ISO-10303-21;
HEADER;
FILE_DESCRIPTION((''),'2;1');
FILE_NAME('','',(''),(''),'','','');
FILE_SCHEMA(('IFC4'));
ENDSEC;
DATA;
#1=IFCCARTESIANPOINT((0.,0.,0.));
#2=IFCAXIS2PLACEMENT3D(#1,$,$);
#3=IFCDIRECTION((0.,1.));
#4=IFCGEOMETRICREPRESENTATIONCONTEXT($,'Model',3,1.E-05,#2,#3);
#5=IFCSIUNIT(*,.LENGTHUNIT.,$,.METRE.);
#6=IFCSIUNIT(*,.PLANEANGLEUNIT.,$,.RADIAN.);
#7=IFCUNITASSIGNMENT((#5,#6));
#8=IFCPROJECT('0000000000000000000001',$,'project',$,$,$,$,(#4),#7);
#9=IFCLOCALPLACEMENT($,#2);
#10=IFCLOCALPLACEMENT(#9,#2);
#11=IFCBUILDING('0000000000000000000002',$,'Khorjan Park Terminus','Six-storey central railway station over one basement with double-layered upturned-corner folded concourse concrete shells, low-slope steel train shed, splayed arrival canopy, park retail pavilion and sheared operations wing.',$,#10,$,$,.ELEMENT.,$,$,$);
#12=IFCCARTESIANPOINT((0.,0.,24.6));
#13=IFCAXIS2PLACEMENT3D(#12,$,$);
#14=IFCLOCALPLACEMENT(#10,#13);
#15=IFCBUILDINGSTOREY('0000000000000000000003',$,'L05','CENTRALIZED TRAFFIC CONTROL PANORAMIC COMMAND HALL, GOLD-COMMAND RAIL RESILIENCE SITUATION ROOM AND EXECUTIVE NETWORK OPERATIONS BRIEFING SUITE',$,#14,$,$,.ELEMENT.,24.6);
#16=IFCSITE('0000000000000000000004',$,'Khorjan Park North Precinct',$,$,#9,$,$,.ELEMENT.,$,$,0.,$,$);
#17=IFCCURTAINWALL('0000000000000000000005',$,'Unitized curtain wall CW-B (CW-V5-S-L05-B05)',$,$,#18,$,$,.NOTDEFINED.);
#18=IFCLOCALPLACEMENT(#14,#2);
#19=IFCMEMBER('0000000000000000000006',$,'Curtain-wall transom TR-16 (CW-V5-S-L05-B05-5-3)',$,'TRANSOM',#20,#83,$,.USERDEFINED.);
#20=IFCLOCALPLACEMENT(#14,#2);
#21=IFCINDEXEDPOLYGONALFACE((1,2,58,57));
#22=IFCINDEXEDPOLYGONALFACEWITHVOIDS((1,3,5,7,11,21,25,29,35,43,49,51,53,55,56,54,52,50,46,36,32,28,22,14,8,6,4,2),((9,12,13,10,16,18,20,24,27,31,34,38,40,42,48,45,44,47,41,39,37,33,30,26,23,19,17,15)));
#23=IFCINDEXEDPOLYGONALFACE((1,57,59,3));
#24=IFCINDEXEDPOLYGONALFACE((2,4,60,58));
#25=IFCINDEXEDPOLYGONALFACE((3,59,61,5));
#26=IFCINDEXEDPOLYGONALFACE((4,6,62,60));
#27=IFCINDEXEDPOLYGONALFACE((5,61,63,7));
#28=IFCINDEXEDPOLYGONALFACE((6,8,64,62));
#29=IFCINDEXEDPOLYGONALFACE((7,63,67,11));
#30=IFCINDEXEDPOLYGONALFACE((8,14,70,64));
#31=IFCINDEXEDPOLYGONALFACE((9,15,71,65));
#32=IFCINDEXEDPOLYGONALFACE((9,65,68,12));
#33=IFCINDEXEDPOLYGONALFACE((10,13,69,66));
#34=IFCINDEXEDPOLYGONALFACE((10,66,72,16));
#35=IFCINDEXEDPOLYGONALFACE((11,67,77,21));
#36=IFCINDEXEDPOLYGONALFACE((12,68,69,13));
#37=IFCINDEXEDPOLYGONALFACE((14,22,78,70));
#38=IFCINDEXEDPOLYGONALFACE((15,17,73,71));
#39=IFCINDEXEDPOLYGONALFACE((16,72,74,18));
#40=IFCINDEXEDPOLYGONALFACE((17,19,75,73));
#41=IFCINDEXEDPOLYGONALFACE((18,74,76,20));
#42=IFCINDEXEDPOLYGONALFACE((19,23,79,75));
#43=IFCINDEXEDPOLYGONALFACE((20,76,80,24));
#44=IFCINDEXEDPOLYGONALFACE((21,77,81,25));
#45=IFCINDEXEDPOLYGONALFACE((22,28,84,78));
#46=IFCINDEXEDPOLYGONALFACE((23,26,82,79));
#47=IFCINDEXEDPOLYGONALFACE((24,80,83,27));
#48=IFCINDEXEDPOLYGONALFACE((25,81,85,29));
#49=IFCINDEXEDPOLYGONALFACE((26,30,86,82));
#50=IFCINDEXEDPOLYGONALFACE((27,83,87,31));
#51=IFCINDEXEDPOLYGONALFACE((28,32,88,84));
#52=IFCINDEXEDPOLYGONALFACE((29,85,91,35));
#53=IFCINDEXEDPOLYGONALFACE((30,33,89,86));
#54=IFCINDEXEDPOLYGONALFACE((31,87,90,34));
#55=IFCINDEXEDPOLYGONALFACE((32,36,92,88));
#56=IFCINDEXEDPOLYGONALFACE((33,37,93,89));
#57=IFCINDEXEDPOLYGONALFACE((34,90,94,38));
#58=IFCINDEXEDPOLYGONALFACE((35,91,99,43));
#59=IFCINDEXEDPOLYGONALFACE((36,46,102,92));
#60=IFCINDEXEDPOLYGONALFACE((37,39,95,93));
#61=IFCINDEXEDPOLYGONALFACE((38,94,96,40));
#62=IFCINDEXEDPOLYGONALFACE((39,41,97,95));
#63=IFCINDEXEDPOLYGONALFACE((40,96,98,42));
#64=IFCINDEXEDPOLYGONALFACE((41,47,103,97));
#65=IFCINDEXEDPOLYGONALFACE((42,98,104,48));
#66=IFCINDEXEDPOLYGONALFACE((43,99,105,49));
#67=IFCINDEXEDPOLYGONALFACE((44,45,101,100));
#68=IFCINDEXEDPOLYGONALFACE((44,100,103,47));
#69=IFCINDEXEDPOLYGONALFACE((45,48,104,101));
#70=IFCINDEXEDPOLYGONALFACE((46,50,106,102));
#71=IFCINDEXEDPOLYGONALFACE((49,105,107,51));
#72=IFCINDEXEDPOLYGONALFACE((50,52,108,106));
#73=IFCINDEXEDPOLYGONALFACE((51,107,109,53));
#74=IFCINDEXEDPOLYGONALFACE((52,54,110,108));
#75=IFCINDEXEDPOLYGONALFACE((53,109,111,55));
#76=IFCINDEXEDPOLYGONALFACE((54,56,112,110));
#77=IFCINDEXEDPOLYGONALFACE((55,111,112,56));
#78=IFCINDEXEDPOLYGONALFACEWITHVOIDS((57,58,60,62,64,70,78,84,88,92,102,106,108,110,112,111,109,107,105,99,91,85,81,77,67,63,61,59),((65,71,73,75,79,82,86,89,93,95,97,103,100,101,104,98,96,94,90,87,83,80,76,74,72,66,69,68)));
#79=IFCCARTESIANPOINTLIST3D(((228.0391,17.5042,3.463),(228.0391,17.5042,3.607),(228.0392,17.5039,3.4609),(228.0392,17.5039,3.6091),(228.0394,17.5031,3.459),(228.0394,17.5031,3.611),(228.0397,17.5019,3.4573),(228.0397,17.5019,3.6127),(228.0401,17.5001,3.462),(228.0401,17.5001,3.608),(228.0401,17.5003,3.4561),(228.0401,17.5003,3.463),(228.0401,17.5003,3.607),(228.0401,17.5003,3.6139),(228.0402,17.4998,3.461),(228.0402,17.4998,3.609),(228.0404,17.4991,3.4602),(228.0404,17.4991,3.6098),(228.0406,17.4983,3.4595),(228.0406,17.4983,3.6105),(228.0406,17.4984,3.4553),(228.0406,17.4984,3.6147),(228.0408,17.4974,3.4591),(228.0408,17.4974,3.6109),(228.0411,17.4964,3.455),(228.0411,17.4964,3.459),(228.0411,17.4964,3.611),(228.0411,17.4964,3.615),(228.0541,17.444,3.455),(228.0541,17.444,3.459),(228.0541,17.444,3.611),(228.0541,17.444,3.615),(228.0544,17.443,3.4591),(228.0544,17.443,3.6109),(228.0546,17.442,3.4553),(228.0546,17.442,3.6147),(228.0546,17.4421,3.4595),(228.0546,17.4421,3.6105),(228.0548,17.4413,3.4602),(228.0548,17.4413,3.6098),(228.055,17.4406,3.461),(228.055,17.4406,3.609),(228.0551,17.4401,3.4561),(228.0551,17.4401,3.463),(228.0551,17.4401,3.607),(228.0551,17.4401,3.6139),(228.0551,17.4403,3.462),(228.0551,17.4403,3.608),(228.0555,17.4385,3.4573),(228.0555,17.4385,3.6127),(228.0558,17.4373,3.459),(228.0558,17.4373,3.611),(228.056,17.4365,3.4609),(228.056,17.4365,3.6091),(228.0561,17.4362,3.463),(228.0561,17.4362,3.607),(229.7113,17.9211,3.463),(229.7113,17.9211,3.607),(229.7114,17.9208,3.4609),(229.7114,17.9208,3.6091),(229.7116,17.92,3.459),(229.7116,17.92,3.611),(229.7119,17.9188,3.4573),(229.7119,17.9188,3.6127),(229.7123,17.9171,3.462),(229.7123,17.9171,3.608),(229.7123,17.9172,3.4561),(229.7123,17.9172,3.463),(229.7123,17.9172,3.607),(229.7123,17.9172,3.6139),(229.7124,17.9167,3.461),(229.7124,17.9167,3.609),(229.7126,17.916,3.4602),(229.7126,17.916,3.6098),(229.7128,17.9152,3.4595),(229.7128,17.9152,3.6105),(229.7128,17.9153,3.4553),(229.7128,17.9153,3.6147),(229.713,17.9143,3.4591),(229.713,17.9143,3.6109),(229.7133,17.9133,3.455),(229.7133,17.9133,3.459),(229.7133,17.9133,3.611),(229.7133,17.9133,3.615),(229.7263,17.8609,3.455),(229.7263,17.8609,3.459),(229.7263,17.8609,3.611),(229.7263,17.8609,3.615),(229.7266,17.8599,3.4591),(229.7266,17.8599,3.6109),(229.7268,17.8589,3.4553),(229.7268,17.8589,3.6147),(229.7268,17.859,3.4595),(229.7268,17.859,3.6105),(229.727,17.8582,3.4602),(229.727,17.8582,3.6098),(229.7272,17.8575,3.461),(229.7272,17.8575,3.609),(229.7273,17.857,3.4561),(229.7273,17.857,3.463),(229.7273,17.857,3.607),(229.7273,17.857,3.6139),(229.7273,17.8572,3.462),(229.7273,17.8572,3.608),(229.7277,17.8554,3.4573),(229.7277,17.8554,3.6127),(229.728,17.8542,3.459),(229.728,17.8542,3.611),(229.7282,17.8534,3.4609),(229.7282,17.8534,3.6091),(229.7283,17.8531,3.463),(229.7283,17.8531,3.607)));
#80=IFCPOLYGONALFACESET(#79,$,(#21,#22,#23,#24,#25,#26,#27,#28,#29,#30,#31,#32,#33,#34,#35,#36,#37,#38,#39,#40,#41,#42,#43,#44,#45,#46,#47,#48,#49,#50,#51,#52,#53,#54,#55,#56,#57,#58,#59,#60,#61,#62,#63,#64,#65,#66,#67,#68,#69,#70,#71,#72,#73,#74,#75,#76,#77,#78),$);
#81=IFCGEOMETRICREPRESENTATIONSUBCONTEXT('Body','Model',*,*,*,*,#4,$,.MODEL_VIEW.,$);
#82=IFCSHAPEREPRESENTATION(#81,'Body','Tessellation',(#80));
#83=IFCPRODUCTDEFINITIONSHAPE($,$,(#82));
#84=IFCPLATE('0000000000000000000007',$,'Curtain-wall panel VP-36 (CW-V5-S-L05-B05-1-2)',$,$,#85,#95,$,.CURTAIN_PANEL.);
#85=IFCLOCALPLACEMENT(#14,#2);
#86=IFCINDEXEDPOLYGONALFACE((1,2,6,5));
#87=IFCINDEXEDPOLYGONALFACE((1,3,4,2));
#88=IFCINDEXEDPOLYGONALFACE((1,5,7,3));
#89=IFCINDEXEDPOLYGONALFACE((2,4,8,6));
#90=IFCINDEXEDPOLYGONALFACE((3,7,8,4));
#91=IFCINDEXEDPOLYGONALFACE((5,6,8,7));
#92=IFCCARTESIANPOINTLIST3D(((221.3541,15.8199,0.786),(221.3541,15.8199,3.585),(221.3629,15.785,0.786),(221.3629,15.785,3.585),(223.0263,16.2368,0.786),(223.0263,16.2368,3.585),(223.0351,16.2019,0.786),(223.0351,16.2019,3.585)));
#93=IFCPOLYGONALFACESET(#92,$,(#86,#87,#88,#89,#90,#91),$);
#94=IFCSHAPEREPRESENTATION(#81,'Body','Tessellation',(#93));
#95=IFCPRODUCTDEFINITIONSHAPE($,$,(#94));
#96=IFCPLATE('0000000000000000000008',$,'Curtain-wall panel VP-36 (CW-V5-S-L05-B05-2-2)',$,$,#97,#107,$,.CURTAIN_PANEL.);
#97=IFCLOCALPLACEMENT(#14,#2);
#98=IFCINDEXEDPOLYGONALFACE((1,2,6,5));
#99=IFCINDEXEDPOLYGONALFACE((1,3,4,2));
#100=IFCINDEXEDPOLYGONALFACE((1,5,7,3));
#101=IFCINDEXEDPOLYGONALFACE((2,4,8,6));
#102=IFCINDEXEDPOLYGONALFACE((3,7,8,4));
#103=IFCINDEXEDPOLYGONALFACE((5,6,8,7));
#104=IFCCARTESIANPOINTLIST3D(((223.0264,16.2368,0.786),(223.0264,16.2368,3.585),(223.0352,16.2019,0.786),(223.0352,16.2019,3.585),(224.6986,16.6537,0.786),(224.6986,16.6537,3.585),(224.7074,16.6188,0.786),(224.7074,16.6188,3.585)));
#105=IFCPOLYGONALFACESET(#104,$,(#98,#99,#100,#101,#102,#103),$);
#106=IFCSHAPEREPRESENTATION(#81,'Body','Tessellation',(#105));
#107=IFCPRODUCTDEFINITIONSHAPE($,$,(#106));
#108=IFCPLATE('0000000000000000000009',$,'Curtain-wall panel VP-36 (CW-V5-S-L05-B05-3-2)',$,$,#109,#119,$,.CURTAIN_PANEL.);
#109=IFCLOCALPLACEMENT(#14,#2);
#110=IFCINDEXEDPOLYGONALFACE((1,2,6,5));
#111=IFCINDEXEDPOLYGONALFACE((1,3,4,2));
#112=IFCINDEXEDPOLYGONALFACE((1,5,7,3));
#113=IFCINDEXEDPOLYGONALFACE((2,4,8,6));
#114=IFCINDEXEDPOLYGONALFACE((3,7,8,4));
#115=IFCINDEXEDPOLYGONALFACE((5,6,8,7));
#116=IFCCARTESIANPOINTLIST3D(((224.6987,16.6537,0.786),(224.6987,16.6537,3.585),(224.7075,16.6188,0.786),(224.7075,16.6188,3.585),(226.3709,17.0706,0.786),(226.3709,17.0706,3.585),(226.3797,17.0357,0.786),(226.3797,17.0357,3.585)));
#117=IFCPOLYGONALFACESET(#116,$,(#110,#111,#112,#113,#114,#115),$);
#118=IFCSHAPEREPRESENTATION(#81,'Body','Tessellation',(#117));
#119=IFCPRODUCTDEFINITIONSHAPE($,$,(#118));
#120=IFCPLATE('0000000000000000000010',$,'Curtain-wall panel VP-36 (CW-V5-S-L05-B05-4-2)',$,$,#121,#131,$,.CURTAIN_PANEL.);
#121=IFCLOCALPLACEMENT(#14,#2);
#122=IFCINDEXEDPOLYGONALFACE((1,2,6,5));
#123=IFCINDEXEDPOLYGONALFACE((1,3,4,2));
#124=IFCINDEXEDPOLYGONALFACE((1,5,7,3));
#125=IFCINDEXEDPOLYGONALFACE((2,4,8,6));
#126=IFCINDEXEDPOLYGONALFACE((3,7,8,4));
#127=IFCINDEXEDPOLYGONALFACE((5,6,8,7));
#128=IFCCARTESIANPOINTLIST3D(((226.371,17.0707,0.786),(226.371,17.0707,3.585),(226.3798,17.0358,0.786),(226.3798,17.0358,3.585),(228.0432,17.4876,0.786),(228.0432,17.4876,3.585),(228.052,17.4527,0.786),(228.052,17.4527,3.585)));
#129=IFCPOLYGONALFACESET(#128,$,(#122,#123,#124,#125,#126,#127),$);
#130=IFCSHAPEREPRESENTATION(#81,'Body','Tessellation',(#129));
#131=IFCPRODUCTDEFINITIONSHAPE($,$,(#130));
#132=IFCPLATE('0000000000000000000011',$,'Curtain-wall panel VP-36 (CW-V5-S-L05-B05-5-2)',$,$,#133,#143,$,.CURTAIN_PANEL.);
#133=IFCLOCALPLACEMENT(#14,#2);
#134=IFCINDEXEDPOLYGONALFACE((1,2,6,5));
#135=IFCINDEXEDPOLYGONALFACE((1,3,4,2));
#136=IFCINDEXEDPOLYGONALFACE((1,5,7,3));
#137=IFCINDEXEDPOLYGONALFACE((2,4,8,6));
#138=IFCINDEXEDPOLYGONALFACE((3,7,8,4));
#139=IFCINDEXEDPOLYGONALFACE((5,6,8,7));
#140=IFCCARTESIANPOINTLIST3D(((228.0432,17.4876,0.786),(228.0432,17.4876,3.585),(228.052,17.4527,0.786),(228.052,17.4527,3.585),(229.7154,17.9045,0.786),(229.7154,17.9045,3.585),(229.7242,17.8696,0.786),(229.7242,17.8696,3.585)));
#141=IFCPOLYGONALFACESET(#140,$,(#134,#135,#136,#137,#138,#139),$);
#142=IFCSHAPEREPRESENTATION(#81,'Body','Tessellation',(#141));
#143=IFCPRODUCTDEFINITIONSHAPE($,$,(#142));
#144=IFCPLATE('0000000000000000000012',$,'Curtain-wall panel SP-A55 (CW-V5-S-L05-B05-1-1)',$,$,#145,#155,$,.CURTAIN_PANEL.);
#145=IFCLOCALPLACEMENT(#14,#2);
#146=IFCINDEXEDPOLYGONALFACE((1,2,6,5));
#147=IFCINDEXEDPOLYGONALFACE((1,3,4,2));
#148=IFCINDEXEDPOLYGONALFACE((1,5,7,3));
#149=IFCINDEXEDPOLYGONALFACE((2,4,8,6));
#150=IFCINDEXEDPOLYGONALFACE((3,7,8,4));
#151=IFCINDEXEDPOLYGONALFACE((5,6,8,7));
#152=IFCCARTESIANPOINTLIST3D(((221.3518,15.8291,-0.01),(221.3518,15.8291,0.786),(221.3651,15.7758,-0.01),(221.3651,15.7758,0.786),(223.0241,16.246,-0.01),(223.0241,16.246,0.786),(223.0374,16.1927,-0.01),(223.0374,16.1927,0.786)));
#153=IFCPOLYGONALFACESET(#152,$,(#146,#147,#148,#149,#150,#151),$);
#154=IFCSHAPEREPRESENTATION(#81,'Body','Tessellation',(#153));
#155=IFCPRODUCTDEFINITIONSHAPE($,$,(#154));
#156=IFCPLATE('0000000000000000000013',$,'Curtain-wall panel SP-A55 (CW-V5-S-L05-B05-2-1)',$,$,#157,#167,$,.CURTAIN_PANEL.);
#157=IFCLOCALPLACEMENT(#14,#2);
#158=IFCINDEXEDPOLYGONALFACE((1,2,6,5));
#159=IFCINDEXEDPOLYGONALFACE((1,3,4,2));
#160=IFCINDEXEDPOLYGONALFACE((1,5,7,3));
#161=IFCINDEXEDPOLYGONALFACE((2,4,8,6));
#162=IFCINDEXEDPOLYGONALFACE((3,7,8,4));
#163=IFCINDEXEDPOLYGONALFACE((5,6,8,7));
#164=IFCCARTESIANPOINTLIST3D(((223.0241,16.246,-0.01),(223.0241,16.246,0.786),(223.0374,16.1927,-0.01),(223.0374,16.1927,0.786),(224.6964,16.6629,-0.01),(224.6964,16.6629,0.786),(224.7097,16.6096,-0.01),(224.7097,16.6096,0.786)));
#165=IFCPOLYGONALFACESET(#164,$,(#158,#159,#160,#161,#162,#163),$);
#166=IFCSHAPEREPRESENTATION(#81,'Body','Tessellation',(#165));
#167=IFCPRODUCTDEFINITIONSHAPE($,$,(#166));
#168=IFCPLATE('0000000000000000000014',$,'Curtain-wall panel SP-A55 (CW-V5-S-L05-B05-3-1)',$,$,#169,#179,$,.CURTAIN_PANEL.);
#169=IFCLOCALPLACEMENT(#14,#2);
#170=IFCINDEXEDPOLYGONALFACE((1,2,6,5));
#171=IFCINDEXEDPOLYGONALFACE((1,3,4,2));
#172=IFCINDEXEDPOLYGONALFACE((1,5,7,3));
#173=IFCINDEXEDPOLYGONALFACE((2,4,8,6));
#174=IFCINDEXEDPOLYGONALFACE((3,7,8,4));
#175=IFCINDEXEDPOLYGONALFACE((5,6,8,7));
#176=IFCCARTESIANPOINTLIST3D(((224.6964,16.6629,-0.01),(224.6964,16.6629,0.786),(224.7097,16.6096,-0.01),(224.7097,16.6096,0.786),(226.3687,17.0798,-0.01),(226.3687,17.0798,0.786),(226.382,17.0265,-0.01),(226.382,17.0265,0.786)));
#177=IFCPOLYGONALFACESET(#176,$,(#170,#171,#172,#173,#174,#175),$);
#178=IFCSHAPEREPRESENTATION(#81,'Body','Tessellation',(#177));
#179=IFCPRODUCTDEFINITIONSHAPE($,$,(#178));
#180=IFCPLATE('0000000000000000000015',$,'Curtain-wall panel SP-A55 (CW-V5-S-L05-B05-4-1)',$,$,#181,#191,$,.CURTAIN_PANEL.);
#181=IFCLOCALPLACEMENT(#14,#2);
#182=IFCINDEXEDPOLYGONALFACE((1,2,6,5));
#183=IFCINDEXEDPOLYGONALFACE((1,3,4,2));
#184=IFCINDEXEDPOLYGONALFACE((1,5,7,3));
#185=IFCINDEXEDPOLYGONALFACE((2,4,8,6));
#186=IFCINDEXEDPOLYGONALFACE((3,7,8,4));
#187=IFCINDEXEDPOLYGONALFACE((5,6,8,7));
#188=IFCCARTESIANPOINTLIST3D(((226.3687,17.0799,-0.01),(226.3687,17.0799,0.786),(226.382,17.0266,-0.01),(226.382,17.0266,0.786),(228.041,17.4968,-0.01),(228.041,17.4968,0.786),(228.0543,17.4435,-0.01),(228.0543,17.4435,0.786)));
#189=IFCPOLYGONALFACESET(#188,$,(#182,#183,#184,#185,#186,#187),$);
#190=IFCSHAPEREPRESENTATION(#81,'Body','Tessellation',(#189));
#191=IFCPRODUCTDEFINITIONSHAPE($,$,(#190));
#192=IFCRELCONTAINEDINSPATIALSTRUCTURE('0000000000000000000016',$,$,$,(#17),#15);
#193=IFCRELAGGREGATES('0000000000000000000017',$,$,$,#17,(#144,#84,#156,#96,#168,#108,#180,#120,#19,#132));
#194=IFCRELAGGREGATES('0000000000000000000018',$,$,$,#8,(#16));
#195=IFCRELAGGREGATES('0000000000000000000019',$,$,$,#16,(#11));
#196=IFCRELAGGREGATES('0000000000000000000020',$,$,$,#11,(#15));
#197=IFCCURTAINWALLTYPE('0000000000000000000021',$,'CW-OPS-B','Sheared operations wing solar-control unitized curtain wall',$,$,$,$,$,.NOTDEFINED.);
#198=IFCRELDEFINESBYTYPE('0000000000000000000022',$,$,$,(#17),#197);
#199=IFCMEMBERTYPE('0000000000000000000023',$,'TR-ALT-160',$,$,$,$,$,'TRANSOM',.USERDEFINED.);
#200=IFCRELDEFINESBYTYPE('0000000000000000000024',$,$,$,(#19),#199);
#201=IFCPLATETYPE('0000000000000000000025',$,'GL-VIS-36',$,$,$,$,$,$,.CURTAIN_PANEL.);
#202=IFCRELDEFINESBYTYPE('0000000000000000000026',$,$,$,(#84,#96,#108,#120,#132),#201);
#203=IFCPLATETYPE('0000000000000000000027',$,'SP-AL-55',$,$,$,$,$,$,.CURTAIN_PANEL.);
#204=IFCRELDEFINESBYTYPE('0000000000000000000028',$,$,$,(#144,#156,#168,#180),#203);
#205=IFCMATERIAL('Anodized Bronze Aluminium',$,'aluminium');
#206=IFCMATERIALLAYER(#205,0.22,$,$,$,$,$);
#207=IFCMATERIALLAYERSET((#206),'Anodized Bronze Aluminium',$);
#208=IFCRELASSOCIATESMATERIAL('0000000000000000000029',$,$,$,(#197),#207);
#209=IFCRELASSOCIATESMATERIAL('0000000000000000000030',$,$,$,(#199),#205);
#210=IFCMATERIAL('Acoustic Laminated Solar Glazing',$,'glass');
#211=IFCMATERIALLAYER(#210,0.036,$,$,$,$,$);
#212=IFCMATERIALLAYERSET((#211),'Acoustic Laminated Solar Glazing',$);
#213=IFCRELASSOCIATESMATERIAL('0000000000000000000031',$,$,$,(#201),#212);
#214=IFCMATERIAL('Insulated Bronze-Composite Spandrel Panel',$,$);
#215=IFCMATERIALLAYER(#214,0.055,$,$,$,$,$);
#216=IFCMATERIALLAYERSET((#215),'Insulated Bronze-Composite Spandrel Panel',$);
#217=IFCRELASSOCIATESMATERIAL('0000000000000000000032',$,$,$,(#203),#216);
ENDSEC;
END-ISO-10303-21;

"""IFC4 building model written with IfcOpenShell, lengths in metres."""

from ifc_helpers import new_model, si_unit, direction, frame, origin, origin_2d, place, context, subcontext, project, spatial, rectangle, hollow_rectangle, extrude, material, layer, layer_set, material_profile, profile_set, type_object, element, aggregate, save


model = new_model("IFC4")

# Units and contexts
model_context = context("Model", 3, precision=1e-05, world=origin(), true_north=direction((0.0, 1.0)))
body_context = subcontext(model_context, "Body", "Model", "MODEL_VIEW")
ifc_project = project(units=[si_unit("LENGTHUNIT", "METRE"), si_unit("PLANEANGLEUNIT", "RADIAN")], contexts=[model_context])

# Site, building, storey
site_placement = place(None, origin())
site = spatial("IfcSite", under=ifc_project, at=site_placement, Name="Khorjan Park North Precinct", CompositionType="ELEMENT", RefElevation=0.0)
building_placement = place(site_placement, origin())
building = spatial("IfcBuilding", under=site, at=building_placement, Name="Khorjan Park Terminus", Description="Six-storey central railway station over one basement with double-layered upturned-corner folded concourse concrete shells, low-slope steel train shed, splayed arrival canopy, park retail pavilion and sheared operations wing.", CompositionType="ELEMENT")
storey_placement = place(building_placement, frame((0.0, 0.0, 24.6)))
storey = spatial("IfcBuildingStorey", under=building, at=storey_placement, Name="L05", Description="CENTRALIZED TRAFFIC CONTROL PANORAMIC COMMAND HALL, GOLD-COMMAND RAIL RESILIENCE SITUATION ROOM AND EXECUTIVE NETWORK OPERATIONS BRIEFING SUITE", CompositionType="ELEMENT", Elevation=24.6)

# Curtain wall, member, plates
ifc_material_1 = material(Name="Anodized Bronze Aluminium", Category="aluminium")
ifc_layer_1 = layer(ifc_material_1, 0.22)
ifc_layer_set_1 = layer_set([ifc_layer_1], Name="Anodized Bronze Aluminium")
curtain_wall_type = type_object("IfcCurtainWallType", Name="CW-OPS-B", Description="Sheared operations wing solar-control unitized curtain wall", PredefinedType="NOTDEFINED", material=ifc_layer_set_1)
curtain_wall_placement = place(storey_placement, origin())
curtain_wall = element("IfcCurtainWall", 1, at=curtain_wall_placement, inside=storey, type_object=curtain_wall_type, Name="Unitized curtain wall CW-B (CW-V5-S-L05-B05)", PredefinedType="NOTDEFINED")
ifc_material_profile_1 = material_profile(ifc_material_1, hollow_rectangle(XDim=0.07, YDim=0.16, WallThickness=0.004, InnerFilletRadius=0.004, OuterFilletRadius=0.008, at=origin_2d()), Name="ALT 70x160x4")
ifc_profile_set_1 = profile_set([ifc_material_profile_1], Name="Anodized Bronze Aluminium")
member_type_1 = type_object("IfcMemberType", Name="TR-ALT-160", ElementType="TRANSOM", PredefinedType="USERDEFINED", material=ifc_profile_set_1)
member_1_placement = place(storey_placement, frame((228.0476, 17.4702, 3.535), z_axis=(0.970299, 0.241908, 0.0), x_axis=(-0.241908, 0.970299, 0.0)))
member_1 = element("IfcMember", 2, at=member_1_placement, type_object=member_type_1, Name="Curtain-wall transom TR-16 (CW-V5-S-L05-B05-5-3)", ObjectType="TRANSOM", PredefinedType="USERDEFINED", context=body_context, shape_type="SweptSolid", body=[
    extrude(hollow_rectangle(XDim=0.07, YDim=0.16, WallThickness=0.004, InnerFilletRadius=0.004, OuterFilletRadius=0.008, at=origin_2d()), origin(), (0.0, 0.0, 1.0), 1.7234),
])
ifc_material_2 = material(Name="Acoustic Laminated Solar Glazing", Category="glass")
ifc_layer_2 = layer(ifc_material_2, 0.036)
ifc_layer_set_2 = layer_set([ifc_layer_2], Name="Acoustic Laminated Solar Glazing")
plate_type_1 = type_object("IfcPlateType", Name="GL-VIS-36", PredefinedType="CURTAIN_PANEL", material=ifc_layer_set_2)
plate_1_placement = place(storey_placement, frame((222.1946, 16.0109, 0.786), z_axis=(0.0, 0.0, 1.0), x_axis=(0.970296, 0.241919, 0.0)))
plate_1 = element("IfcPlate", 3, at=plate_1_placement, type_object=plate_type_1, Name="Curtain-wall panel VP-36 (CW-V5-S-L05-B05-1-2)", PredefinedType="CURTAIN_PANEL", context=body_context, shape_type="SweptSolid", body=[
    extrude(rectangle(XDim=1.7234, YDim=0.036, at=origin_2d()), origin(), (0.0, 0.0, 1.0), 2.799),
])
plate_2_placement = place(storey_placement, frame((223.8669, 16.4278, 0.786), z_axis=(0.0, 0.0, 1.0), x_axis=(0.970296, 0.241919, 0.0)))
plate_2 = element("IfcPlate", 4, at=plate_2_placement, type_object=plate_type_1, Name="Curtain-wall panel VP-36 (CW-V5-S-L05-B05-2-2)", PredefinedType="CURTAIN_PANEL", context=body_context, shape_type="SweptSolid", body=[
    extrude(rectangle(XDim=1.7234, YDim=0.036, at=origin_2d()), origin(), (0.0, 0.0, 1.0), 2.799),
])
plate_3_placement = place(storey_placement, frame((225.5392, 16.8447, 0.786), z_axis=(0.0, 0.0, 1.0), x_axis=(0.970296, 0.241919, 0.0)))
plate_3 = element("IfcPlate", 5, at=plate_3_placement, type_object=plate_type_1, Name="Curtain-wall panel VP-36 (CW-V5-S-L05-B05-3-2)", PredefinedType="CURTAIN_PANEL", context=body_context, shape_type="SweptSolid", body=[
    extrude(rectangle(XDim=1.7234, YDim=0.036, at=origin_2d()), origin(), (0.0, 0.0, 1.0), 2.799),
])
plate_4_placement = place(storey_placement, frame((227.2115, 17.2617, 0.786), z_axis=(0.0, 0.0, 1.0), x_axis=(0.970296, 0.241919, 0.0)))
plate_4 = element("IfcPlate", 6, at=plate_4_placement, type_object=plate_type_1, Name="Curtain-wall panel VP-36 (CW-V5-S-L05-B05-4-2)", PredefinedType="CURTAIN_PANEL", context=body_context, shape_type="SweptSolid", body=[
    extrude(rectangle(XDim=1.7234, YDim=0.036, at=origin_2d()), origin(), (0.0, 0.0, 1.0), 2.799),
])
plate_5_placement = place(storey_placement, frame((228.8837, 17.6786, 0.786), z_axis=(0.0, 0.0, 1.0), x_axis=(0.970296, 0.241919, 0.0)))
plate_5 = element("IfcPlate", 7, at=plate_5_placement, type_object=plate_type_1, Name="Curtain-wall panel VP-36 (CW-V5-S-L05-B05-5-2)", PredefinedType="CURTAIN_PANEL", context=body_context, shape_type="SweptSolid", body=[
    extrude(rectangle(XDim=1.7234, YDim=0.036, at=origin_2d()), origin(), (0.0, 0.0, 1.0), 2.799),
])
ifc_material_3 = material(Name="Insulated Bronze-Composite Spandrel Panel")
ifc_layer_3 = layer(ifc_material_3, 0.055)
ifc_layer_set_3 = layer_set([ifc_layer_3], Name="Insulated Bronze-Composite Spandrel Panel")
plate_type_2 = type_object("IfcPlateType", Name="SP-AL-55", PredefinedType="CURTAIN_PANEL", material=ifc_layer_set_3)
plate_6_placement = place(storey_placement, frame((222.1946, 16.0109, -0.01), z_axis=(0.0, 0.0, 1.0), x_axis=(0.970296, 0.241919, 0.0)))
plate_6 = element("IfcPlate", 8, at=plate_6_placement, type_object=plate_type_2, Name="Curtain-wall panel SP-A55 (CW-V5-S-L05-B05-1-1)", PredefinedType="CURTAIN_PANEL", context=body_context, shape_type="SweptSolid", body=[
    extrude(rectangle(XDim=1.7234, YDim=0.055, at=origin_2d()), origin(), (0.0, 0.0, 1.0), 0.796),
])
plate_7_placement = place(storey_placement, frame((223.8669, 16.4278, -0.01), z_axis=(0.0, 0.0, 1.0), x_axis=(0.970296, 0.241919, 0.0)))
plate_7 = element("IfcPlate", 9, at=plate_7_placement, type_object=plate_type_2, Name="Curtain-wall panel SP-A55 (CW-V5-S-L05-B05-2-1)", PredefinedType="CURTAIN_PANEL", context=body_context, shape_type="SweptSolid", body=[
    extrude(rectangle(XDim=1.7234, YDim=0.055, at=origin_2d()), origin(), (0.0, 0.0, 1.0), 0.796),
])
plate_8_placement = place(storey_placement, frame((225.5392, 16.8447, -0.01), z_axis=(0.0, 0.0, 1.0), x_axis=(0.970296, 0.241919, 0.0)))
plate_8 = element("IfcPlate", 10, at=plate_8_placement, type_object=plate_type_2, Name="Curtain-wall panel SP-A55 (CW-V5-S-L05-B05-3-1)", PredefinedType="CURTAIN_PANEL", context=body_context, shape_type="SweptSolid", body=[
    extrude(rectangle(XDim=1.7234, YDim=0.055, at=origin_2d()), origin(), (0.0, 0.0, 1.0), 0.796),
])
plate_9_placement = place(storey_placement, frame((227.2115, 17.2617, -0.01), z_axis=(0.0, 0.0, 1.0), x_axis=(0.970296, 0.241919, 0.0)))
plate_9 = element("IfcPlate", 11, at=plate_9_placement, type_object=plate_type_2, Name="Curtain-wall panel SP-A55 (CW-V5-S-L05-B05-4-1)", PredefinedType="CURTAIN_PANEL", context=body_context, shape_type="SweptSolid", body=[
    extrude(rectangle(XDim=1.7234, YDim=0.055, at=origin_2d()), origin(), (0.0, 0.0, 1.0), 0.796),
])
aggregate(curtain_wall, [plate_6, plate_1, plate_7, plate_2, plate_8, plate_3, plate_9, plate_4, member_1, plate_5])

save(model, "model.ifc")
